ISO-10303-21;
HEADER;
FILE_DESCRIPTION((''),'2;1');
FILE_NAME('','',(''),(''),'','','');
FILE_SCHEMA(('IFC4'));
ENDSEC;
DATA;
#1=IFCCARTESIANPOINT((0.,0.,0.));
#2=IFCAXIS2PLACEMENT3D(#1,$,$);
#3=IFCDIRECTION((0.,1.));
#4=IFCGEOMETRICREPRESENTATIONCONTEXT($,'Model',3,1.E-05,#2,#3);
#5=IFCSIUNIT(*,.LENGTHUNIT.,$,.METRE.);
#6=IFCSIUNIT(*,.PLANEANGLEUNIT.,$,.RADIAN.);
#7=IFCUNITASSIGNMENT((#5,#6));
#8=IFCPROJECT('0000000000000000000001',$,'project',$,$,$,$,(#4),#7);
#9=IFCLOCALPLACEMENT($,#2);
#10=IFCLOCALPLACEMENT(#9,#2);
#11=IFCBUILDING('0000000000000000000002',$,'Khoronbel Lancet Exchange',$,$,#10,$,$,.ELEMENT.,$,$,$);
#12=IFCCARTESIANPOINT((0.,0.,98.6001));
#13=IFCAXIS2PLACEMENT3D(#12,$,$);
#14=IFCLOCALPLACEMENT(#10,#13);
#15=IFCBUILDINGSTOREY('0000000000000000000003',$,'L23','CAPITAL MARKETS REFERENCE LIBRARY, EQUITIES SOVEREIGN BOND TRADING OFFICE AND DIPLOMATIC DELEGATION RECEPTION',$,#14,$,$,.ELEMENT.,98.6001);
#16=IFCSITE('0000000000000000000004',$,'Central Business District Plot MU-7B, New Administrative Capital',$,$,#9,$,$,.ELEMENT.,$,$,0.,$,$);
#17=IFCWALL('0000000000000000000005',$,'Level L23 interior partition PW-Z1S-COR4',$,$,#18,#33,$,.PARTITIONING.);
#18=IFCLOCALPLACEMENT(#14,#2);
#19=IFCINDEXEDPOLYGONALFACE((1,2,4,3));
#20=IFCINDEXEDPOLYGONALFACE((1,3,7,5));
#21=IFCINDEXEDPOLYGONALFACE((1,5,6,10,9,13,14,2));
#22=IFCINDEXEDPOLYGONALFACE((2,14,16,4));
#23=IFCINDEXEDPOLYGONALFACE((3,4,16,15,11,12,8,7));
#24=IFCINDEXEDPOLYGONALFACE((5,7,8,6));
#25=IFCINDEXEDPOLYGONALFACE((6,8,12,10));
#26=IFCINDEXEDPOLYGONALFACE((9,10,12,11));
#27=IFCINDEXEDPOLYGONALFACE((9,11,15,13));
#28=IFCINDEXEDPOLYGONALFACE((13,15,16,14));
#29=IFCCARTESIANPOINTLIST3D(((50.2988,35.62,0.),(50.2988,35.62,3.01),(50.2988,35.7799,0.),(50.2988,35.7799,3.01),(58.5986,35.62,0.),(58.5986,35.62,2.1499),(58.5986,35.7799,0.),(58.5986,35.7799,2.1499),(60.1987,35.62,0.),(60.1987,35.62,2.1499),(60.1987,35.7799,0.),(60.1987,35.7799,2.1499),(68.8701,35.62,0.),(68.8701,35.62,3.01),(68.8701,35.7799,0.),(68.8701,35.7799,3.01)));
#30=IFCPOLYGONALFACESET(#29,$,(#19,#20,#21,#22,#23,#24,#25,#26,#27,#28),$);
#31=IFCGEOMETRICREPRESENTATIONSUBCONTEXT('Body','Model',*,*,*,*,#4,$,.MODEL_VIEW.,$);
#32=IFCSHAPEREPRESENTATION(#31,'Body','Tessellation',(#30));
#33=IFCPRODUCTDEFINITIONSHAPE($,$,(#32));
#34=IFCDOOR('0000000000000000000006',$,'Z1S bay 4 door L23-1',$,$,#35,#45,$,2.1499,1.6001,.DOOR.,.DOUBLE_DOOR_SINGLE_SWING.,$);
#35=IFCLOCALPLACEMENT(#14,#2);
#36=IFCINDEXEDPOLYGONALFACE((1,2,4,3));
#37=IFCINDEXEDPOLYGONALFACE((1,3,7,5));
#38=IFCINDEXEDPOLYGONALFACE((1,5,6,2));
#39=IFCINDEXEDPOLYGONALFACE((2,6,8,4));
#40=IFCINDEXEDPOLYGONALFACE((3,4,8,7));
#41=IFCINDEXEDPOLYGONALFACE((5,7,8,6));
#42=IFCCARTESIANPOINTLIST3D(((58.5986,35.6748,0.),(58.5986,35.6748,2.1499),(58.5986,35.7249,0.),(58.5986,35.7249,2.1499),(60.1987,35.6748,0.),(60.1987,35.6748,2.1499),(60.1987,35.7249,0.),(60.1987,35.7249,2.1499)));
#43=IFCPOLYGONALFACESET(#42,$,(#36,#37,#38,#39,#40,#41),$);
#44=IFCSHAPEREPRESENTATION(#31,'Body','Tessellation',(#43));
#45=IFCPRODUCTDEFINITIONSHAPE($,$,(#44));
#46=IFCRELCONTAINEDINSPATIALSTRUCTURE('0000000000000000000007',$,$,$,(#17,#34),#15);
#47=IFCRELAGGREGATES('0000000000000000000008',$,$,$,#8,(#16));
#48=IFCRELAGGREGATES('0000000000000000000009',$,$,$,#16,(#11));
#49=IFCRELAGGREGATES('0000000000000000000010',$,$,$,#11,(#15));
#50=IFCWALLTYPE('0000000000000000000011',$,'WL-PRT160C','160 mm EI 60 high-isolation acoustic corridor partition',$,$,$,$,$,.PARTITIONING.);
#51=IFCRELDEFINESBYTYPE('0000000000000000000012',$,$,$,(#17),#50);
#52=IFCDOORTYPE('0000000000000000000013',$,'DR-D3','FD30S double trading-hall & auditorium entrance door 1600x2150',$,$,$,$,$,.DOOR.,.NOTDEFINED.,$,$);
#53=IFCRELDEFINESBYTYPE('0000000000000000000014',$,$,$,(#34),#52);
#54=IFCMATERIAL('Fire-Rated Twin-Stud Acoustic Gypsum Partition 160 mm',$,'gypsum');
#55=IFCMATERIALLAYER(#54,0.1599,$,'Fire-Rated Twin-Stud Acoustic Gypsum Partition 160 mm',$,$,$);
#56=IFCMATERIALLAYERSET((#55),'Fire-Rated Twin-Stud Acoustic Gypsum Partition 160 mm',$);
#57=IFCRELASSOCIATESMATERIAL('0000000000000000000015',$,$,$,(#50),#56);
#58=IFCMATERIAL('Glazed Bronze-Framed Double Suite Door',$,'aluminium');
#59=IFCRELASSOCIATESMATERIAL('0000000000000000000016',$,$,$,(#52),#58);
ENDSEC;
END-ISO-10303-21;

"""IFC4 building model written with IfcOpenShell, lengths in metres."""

from ifc_helpers import new_model, si_unit, direction, frame, frame_2d, origin, place, context, subcontext, project, spatial, rectangle, extrude, material, layer, layer_set, type_object, element, fill, save


model = new_model("IFC4")

# Units and contexts
model_context = context("Model", 3, precision=1e-05, world=origin(), true_north=direction((0.0, 1.0)))
body_context = subcontext(model_context, "Body", "Model", "MODEL_VIEW")
ifc_project = project(units=[si_unit("LENGTHUNIT", "METRE"), si_unit("PLANEANGLEUNIT", "RADIAN")], contexts=[model_context])

# Site, building, storey
site_placement = place(None, origin())
site = spatial("IfcSite", under=ifc_project, at=site_placement, Name="Central Business District Plot MU-7B, New Administrative Capital", CompositionType="ELEMENT", RefElevation=0.0)
building_placement = place(site_placement, origin())
building = spatial("IfcBuilding", under=site, at=building_placement, Name="Khoronbel Lancet Exchange", CompositionType="ELEMENT")
storey_placement = place(building_placement, frame((0.0, 0.0, 98.6001)))
storey = spatial("IfcBuildingStorey", under=building, at=storey_placement, Name="L23", Description="CAPITAL MARKETS REFERENCE LIBRARY, EQUITIES SOVEREIGN BOND TRADING OFFICE AND DIPLOMATIC DELEGATION RECEPTION", CompositionType="ELEMENT", Elevation=98.6001)

# Wall, opening, door
ifc_material_1 = material(Name="Fire-Rated Twin-Stud Acoustic Gypsum Partition 160 mm", Category="gypsum")
ifc_layer_1 = layer(ifc_material_1, 0.1599, Name="Fire-Rated Twin-Stud Acoustic Gypsum Partition 160 mm")
ifc_layer_set_1 = layer_set([ifc_layer_1], Name="Fire-Rated Twin-Stud Acoustic Gypsum Partition 160 mm")
wall_type_1 = type_object("IfcWallType", Name="WL-PRT160C", Description="160 mm EI 60 high-isolation acoustic corridor partition", PredefinedType="PARTITIONING", material=ifc_layer_set_1)
wall_1_placement = place(storey_placement, frame((50.2988, 35.7, 0.0), z_axis=(0.0, 0.0, 1.0), x_axis=(1.0, 0.0, 0.0)))
wall_1 = element("IfcWall", 1, at=wall_1_placement, inside=storey, type_object=wall_type_1, Name="Level L23 interior partition PW-Z1S-COR4", PredefinedType="PARTITIONING", context=body_context, shape_type="SweptSolid", body=[
    extrude(rectangle(XDim=18.5713, YDim=0.1599, at=frame_2d((9.2856, 0.0))), origin(), (0.0, 0.0, 1.0), 3.01),
])
opening_1_placement = place(wall_1_placement, frame((8.2998, 0.0, 0.0)))
opening_1 = element("IfcOpeningElement", 2, at=opening_1_placement, cuts=wall_1, PredefinedType="OPENING", context=body_context, shape_type="SweptSolid", body=[
    extrude(rectangle(XDim=1.6001, YDim=2.1499, at=frame_2d((0.8, 1.075))), frame((0.0, 0.0898, 0.0), z_axis=(0.0, -1.0, 0.0), x_axis=(1.0, 0.0, 0.0)), (0.0, 0.0, 1.0), 0.1799),
])
ifc_material_2 = material(Name="Glazed Bronze-Framed Double Suite Door", Category="aluminium")
door_type_1 = type_object("IfcDoorType", Name="DR-D3", Description="FD30S double trading-hall & auditorium entrance door 1600x2150", OperationType="NOTDEFINED", PredefinedType="DOOR", material=ifc_material_2)
door_1_placement = place(opening_1_placement, origin())
door_1 = element("IfcDoor", 3, at=door_1_placement, inside=storey, type_object=door_type_1, Name="Z1S bay 4 door L23-1", OperationType="DOUBLE_DOOR_SINGLE_SWING", OverallHeight=2.1499, OverallWidth=1.6001, PredefinedType="DOOR", context=body_context, shape_type="SweptSolid", body=[
    extrude(rectangle(XDim=1.6001, YDim=2.1499, at=frame_2d((0.8, 1.075))), frame((0.0, 0.0249, 0.0), z_axis=(0.0, -1.0, 0.0), x_axis=(1.0, 0.0, 0.0)), (0.0, 0.0, 1.0), 0.05),
])
fill(opening_1, door_1)

save(model, "model.ifc")
